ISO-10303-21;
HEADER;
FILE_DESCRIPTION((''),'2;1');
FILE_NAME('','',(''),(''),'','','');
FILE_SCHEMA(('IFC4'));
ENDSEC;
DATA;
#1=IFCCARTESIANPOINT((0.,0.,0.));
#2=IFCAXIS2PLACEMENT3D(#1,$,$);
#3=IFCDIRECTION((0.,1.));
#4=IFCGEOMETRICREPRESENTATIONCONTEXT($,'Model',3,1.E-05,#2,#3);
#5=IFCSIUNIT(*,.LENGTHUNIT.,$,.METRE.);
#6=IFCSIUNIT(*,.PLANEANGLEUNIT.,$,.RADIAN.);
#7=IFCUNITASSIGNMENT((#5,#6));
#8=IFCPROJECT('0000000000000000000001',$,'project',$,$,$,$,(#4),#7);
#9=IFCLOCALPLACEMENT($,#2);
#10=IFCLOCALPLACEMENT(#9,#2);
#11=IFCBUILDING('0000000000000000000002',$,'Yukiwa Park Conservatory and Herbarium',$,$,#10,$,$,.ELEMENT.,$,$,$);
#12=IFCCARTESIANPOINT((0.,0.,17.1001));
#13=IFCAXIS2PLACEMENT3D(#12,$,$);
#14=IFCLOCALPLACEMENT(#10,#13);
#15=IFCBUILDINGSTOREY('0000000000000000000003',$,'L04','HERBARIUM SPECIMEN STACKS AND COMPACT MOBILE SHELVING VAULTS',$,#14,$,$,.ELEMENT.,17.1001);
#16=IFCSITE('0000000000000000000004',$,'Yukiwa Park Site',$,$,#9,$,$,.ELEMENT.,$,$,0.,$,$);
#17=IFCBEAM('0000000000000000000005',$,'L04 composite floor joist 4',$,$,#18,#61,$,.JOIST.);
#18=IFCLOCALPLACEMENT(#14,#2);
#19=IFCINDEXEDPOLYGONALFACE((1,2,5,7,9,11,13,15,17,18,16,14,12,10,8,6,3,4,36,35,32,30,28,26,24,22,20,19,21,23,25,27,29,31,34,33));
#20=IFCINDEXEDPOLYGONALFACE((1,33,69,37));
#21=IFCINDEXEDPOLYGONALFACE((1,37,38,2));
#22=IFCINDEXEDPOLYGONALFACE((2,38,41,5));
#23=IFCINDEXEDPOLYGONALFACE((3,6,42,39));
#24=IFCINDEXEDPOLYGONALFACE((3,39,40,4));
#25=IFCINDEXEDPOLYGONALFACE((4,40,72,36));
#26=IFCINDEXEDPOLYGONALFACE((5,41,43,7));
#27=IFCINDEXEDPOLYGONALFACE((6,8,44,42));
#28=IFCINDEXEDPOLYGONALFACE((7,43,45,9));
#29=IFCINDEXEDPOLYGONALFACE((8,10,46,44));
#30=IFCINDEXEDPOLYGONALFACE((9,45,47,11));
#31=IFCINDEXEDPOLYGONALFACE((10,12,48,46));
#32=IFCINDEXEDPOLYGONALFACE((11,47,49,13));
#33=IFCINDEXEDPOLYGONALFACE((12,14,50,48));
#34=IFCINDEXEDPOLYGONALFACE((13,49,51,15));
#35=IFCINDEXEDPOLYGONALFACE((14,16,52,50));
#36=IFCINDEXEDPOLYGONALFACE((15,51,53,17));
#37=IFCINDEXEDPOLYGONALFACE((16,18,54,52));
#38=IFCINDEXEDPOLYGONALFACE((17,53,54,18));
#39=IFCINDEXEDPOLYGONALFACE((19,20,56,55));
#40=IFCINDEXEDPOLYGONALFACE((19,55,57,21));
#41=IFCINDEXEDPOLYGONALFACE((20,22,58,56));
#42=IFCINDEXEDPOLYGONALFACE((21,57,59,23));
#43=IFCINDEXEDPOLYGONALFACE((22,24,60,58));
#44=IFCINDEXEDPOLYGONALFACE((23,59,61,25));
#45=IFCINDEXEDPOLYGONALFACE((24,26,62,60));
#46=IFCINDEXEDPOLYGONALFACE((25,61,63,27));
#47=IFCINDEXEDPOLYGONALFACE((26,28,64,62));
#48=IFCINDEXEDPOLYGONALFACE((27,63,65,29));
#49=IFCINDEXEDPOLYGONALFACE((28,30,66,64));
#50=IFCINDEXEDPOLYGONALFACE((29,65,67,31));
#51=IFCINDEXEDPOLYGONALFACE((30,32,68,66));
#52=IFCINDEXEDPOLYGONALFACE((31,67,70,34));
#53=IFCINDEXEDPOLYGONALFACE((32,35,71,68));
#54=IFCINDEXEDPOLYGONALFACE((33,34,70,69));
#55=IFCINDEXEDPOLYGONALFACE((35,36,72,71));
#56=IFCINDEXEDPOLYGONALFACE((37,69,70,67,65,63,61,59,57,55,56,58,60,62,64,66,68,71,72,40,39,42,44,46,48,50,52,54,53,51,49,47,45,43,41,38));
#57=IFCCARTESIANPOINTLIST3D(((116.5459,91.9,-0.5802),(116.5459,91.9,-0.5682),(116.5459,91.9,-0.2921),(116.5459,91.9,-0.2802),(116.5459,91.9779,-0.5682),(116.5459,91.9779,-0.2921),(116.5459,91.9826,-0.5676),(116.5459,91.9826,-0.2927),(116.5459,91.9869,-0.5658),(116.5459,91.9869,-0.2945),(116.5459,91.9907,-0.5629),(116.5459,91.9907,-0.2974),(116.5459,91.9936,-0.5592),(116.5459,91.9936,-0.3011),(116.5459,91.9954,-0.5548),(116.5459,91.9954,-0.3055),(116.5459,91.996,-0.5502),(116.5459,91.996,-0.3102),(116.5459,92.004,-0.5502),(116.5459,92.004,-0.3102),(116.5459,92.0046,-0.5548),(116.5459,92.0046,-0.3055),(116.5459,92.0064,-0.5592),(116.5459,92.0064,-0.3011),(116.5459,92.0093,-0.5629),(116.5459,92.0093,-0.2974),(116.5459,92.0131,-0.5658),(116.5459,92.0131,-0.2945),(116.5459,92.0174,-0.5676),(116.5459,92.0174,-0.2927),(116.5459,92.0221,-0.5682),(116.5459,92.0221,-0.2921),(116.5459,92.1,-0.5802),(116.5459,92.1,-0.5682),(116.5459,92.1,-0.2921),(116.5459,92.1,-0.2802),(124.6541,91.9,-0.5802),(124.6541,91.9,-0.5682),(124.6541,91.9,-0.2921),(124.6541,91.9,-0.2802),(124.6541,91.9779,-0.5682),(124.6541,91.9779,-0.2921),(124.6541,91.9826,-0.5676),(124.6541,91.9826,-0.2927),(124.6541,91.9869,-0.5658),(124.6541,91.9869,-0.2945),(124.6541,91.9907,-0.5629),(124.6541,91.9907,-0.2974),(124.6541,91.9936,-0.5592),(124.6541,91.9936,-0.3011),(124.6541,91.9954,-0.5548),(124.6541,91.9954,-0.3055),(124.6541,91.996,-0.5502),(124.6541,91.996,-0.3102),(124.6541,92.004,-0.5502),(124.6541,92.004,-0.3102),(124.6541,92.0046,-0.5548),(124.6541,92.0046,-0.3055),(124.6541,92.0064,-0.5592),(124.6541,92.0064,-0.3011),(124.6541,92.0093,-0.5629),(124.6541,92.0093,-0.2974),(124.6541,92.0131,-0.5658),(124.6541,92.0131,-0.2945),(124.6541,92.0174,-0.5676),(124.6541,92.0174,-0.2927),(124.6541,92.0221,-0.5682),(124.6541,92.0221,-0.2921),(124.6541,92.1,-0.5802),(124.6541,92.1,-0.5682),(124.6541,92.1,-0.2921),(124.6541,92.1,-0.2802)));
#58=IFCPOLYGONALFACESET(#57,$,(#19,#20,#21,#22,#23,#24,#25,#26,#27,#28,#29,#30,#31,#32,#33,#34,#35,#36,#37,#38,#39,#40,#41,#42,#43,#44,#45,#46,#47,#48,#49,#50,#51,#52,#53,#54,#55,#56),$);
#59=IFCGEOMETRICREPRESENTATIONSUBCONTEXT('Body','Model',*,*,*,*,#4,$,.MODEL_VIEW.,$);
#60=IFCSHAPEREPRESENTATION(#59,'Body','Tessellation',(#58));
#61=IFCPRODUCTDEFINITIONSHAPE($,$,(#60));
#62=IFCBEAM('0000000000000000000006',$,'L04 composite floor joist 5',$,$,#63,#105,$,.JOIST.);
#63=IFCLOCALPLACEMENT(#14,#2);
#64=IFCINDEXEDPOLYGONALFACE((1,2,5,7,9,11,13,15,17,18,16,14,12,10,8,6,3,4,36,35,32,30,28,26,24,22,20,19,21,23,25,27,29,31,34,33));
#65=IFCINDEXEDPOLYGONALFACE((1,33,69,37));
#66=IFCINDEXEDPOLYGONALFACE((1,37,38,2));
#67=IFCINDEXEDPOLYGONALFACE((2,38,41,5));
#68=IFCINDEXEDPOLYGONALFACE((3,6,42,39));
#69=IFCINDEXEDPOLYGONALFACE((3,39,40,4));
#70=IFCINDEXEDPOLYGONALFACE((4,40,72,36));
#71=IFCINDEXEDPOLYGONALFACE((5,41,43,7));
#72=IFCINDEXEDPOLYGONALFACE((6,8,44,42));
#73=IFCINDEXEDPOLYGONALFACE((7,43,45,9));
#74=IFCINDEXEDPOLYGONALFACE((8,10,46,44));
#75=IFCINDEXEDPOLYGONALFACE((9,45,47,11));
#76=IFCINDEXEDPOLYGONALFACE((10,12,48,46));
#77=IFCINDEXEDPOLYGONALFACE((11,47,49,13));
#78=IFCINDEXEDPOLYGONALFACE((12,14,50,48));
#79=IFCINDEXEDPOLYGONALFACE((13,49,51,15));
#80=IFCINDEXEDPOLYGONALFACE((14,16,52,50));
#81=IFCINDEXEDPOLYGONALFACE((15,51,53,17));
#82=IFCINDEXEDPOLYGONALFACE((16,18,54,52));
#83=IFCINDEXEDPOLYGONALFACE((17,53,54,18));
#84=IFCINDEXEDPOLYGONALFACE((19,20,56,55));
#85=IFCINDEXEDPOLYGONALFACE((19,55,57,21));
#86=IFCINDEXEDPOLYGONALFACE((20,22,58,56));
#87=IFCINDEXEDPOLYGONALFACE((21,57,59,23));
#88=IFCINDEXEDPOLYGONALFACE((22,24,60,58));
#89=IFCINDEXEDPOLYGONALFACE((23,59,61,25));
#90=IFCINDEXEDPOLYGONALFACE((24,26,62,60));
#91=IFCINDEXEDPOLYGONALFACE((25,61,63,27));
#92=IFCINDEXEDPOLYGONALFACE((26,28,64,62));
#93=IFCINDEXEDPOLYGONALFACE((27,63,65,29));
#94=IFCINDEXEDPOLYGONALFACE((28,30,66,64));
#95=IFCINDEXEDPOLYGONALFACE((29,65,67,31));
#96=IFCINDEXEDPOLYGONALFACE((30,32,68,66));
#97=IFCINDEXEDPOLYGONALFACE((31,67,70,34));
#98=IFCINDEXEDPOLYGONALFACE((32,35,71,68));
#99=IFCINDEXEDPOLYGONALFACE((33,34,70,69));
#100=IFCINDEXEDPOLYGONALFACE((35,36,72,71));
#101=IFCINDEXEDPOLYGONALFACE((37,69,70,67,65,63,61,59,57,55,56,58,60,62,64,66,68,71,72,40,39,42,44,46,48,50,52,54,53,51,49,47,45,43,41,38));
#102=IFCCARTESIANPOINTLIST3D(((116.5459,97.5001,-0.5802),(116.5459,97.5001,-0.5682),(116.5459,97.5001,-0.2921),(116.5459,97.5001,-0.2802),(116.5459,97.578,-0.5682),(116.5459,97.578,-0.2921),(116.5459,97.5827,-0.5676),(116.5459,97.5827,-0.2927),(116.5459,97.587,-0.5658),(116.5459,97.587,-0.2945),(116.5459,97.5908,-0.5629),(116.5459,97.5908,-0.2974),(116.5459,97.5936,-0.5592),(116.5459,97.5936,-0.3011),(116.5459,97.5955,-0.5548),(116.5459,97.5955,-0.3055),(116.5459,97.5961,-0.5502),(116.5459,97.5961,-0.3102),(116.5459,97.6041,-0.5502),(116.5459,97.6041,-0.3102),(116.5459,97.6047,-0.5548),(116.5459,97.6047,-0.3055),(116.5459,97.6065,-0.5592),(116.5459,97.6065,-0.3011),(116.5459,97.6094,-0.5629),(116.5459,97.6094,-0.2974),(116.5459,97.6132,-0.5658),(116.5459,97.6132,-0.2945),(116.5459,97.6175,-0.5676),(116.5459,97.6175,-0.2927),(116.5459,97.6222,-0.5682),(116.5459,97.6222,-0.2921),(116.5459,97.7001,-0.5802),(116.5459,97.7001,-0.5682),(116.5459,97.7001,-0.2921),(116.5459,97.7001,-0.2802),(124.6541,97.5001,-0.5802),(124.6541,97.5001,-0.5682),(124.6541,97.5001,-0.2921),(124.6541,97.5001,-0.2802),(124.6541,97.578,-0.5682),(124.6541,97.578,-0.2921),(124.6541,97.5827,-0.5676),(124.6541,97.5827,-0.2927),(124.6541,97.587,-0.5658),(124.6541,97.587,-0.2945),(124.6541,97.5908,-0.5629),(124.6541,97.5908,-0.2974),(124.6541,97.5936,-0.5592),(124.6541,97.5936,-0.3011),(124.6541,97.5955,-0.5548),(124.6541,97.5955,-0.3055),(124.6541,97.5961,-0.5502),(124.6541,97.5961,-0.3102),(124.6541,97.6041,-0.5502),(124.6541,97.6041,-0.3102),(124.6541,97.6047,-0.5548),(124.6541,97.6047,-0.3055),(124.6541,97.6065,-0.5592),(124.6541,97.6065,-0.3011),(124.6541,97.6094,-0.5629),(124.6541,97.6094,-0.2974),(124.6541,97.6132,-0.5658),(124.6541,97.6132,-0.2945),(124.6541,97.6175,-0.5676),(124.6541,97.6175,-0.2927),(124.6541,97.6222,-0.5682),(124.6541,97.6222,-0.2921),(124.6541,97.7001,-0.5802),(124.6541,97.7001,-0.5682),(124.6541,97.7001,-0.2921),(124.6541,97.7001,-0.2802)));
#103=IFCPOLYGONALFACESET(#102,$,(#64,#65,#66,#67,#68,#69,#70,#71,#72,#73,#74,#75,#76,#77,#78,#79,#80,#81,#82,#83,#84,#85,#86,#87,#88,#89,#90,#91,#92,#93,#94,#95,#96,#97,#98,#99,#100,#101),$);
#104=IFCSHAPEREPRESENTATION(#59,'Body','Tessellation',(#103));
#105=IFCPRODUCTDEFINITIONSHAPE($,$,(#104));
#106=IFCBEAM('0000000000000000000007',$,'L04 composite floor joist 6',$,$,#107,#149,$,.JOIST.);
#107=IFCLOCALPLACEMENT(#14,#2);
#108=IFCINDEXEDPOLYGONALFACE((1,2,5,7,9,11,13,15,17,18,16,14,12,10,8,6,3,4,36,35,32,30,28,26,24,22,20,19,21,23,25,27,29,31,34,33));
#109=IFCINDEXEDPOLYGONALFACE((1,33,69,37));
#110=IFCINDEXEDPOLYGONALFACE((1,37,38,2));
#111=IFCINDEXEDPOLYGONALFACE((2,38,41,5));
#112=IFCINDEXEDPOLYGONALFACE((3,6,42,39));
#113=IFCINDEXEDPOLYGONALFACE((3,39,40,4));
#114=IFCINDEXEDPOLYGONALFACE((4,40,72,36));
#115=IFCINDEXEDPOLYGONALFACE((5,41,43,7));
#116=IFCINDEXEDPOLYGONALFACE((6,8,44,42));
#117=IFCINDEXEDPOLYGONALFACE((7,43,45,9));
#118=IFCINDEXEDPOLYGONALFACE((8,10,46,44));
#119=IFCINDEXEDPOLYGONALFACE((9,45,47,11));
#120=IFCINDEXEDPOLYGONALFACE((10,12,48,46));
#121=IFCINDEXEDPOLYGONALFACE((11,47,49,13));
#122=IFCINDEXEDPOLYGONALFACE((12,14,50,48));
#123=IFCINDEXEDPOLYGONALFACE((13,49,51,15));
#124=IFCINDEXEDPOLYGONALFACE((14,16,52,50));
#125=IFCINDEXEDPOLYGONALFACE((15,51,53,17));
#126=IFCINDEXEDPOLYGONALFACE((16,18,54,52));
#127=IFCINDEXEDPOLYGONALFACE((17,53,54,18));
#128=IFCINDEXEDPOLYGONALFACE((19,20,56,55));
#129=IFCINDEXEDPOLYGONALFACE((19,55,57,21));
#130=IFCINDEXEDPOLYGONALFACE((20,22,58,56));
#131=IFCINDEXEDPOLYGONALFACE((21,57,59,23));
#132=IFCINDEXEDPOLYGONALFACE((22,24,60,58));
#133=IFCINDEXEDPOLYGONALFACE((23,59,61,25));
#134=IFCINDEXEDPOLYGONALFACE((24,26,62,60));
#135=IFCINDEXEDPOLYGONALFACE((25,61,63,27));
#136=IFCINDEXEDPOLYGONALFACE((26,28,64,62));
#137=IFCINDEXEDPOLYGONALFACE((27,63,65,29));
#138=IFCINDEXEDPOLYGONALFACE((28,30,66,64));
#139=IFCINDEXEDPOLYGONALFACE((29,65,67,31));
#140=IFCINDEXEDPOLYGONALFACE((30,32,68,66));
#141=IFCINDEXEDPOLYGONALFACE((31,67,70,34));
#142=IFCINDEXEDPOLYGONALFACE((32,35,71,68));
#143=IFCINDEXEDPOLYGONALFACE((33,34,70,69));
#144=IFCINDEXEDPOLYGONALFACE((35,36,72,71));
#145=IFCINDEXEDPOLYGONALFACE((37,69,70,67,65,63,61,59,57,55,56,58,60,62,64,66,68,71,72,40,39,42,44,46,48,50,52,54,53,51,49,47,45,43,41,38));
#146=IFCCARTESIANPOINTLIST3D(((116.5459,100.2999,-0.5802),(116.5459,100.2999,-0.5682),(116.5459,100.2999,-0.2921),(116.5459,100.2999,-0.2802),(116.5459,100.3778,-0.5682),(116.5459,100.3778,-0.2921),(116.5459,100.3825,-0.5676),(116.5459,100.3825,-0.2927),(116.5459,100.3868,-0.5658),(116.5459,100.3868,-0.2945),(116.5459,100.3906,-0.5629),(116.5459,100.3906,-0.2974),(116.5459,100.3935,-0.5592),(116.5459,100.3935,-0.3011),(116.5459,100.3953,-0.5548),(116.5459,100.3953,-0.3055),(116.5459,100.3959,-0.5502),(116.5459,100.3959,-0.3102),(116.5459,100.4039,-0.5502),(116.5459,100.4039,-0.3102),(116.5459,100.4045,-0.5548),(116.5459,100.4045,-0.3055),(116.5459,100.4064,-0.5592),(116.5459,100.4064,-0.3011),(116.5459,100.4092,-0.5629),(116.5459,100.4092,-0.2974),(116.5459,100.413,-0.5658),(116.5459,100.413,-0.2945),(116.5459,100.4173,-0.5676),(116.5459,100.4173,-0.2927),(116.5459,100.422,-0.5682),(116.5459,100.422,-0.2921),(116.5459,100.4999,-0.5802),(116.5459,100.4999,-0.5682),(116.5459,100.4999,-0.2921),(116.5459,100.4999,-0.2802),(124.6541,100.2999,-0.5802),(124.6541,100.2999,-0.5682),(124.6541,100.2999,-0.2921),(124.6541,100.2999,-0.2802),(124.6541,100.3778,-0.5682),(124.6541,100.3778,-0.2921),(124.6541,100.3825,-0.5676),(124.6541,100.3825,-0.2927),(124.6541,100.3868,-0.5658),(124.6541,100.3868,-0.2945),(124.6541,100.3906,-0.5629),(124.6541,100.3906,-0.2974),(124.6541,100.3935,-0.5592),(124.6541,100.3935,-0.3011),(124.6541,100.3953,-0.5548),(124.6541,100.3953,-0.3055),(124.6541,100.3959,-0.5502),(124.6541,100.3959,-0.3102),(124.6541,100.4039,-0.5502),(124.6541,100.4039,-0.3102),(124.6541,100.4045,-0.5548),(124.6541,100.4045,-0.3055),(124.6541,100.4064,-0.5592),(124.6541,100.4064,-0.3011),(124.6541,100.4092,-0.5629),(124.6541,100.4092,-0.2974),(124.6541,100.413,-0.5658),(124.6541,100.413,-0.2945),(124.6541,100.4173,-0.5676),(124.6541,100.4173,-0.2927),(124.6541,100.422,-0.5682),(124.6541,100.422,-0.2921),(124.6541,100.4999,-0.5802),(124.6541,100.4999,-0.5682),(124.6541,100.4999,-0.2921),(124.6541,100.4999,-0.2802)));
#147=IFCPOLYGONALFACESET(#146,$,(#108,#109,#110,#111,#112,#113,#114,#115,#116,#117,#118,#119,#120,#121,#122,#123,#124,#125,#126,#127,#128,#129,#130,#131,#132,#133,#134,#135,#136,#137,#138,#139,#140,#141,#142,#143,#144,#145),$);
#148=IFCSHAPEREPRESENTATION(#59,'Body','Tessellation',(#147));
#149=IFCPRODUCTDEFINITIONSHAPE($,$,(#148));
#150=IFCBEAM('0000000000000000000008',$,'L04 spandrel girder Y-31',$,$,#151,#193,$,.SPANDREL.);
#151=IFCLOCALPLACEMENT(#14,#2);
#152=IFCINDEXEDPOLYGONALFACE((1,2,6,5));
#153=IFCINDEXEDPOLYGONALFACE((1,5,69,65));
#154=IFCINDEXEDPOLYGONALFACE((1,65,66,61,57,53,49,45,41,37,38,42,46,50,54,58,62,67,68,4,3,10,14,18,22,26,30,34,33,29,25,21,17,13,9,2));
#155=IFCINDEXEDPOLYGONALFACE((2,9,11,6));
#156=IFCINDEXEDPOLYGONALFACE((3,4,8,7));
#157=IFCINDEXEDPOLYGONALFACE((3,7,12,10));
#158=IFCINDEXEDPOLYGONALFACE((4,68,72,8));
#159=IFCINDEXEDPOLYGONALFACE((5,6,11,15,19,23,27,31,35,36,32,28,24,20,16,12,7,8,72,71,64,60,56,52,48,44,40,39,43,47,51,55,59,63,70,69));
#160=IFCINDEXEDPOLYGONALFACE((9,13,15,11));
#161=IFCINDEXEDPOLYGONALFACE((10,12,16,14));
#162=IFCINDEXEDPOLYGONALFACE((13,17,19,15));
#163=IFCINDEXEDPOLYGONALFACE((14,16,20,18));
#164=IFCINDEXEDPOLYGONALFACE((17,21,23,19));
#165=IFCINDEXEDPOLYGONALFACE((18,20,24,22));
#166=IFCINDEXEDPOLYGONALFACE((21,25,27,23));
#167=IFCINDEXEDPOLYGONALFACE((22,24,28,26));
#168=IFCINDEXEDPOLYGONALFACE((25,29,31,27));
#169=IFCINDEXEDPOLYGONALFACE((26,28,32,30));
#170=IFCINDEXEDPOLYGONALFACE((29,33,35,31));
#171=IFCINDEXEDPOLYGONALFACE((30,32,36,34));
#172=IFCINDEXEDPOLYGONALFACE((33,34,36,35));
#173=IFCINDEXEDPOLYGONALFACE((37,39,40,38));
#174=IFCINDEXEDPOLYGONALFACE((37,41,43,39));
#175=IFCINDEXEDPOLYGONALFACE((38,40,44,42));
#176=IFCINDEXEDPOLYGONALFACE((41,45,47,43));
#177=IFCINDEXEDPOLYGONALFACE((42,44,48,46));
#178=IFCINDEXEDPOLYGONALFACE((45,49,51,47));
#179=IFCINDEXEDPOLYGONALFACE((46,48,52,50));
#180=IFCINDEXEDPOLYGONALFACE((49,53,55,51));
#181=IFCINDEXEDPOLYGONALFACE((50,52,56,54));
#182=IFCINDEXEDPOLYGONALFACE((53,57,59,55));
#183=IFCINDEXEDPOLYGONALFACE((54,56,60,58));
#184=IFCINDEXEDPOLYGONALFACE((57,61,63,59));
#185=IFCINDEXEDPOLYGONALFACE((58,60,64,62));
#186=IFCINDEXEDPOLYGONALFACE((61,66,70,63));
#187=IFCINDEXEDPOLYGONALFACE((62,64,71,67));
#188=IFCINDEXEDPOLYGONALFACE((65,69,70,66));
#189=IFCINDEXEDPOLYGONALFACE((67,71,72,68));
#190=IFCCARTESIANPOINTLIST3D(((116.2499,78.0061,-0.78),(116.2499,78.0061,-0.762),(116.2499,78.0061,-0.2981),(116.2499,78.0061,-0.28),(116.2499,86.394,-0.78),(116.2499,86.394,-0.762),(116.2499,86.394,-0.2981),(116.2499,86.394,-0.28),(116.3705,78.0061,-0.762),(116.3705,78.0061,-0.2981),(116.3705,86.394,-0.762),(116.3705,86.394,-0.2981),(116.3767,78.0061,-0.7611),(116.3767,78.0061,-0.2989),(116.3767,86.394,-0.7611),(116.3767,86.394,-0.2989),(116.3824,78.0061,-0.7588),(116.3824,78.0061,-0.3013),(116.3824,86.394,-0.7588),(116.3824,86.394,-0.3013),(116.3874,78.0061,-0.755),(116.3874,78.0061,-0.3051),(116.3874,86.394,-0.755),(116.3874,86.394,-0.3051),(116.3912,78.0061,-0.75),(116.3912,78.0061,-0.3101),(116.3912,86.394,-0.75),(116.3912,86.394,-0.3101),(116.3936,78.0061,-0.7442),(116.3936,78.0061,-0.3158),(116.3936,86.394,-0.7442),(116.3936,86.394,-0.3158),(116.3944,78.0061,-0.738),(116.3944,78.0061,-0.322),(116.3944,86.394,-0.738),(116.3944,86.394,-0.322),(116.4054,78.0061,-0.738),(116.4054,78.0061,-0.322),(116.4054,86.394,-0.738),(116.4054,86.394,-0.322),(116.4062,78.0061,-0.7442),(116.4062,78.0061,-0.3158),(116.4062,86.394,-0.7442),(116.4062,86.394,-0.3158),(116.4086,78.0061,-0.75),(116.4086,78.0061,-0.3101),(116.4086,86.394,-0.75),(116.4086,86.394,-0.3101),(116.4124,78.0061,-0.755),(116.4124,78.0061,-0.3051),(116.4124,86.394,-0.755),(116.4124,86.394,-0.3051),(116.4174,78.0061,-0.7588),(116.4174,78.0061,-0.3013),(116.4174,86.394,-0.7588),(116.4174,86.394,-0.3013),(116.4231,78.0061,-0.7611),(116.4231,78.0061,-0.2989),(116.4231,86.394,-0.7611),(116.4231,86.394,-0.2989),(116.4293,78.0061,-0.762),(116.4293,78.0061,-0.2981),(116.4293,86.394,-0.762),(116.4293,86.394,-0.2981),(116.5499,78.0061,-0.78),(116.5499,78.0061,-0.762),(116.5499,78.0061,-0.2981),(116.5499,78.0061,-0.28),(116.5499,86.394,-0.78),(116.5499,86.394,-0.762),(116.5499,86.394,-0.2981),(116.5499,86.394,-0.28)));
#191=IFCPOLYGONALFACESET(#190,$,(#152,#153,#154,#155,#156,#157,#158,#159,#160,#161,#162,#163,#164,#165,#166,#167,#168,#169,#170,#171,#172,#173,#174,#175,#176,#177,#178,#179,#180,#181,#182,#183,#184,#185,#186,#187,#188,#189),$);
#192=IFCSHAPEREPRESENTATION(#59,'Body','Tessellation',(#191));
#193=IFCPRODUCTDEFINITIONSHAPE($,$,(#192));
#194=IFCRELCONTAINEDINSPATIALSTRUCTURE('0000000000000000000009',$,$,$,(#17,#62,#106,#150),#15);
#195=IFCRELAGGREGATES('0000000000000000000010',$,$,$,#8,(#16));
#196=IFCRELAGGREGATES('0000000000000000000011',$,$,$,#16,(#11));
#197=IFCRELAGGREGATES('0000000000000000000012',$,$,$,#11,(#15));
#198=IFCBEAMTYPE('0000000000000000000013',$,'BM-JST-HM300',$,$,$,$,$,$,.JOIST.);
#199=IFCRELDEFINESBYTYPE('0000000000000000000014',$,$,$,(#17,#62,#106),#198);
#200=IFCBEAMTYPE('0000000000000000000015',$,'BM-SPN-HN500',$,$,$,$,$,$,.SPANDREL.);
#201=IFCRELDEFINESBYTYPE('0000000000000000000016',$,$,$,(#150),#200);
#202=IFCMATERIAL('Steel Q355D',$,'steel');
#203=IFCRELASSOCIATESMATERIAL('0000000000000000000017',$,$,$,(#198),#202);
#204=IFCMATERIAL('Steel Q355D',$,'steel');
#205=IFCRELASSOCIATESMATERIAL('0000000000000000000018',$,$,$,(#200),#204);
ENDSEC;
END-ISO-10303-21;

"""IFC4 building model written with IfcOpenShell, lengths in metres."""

from ifc_helpers import new_model, si_unit, direction, frame, origin, origin_2d, place, context, subcontext, project, spatial, i_section, extrude, material, material_profile, profile_set, type_object, element, save


model = new_model("IFC4")

# Units and contexts
model_context = context("Model", 3, precision=1e-05, world=origin(), true_north=direction((0.0, 1.0)))
body_context = subcontext(model_context, "Body", "Model", "MODEL_VIEW")
ifc_project = project(units=[si_unit("LENGTHUNIT", "METRE"), si_unit("PLANEANGLEUNIT", "RADIAN")], contexts=[model_context])

# Site, building, storey
site_placement = place(None, origin())
site = spatial("IfcSite", under=ifc_project, at=site_placement, Name="Yukiwa Park Site", CompositionType="ELEMENT", RefElevation=0.0)
building_placement = place(site_placement, origin())
building = spatial("IfcBuilding", under=site, at=building_placement, Name="Yukiwa Park Conservatory and Herbarium", CompositionType="ELEMENT")
storey_placement = place(building_placement, frame((0.0, 0.0, 17.1001)))
storey = spatial("IfcBuildingStorey", under=building, at=storey_placement, Name="L04", Description="HERBARIUM SPECIMEN STACKS AND COMPACT MOBILE SHELVING VAULTS", CompositionType="ELEMENT", Elevation=17.1001)

# Beams
ifc_material_1 = material(Name="Steel Q355D", Category="steel")
ifc_material_profile_1 = material_profile(ifc_material_1, i_section(OverallWidth=0.2, OverallDepth=0.3, WebThickness=0.0081, FlangeThickness=0.012, FilletRadius=0.0181, at=origin_2d()), Name="HM 300x200x8x12")
ifc_profile_set_1 = profile_set([ifc_material_profile_1], Name="Steel Q355D")
beam_type_1 = type_object("IfcBeamType", Name="BM-JST-HM300", PredefinedType="JOIST", material=ifc_profile_set_1)
for number, where, z_axis, x_axis, name in (
    (1, (116.5459, 92.0, -0.4302), (1.0, 0.0, 0.0), (0.0, 1.0, 0.0), "L04 composite floor joist 4"),
    (2, (116.5459, 97.6001, -0.4302), (1.0, 0.0, 0.0), (0.0, 1.0, 0.0), "L04 composite floor joist 5"),
    (3, (116.5459, 100.3999, -0.4302), (1.0, 0.0, 0.0), (0.0, 1.0, 0.0), "L04 composite floor joist 6"),
):
    element("IfcBeam", number, at=place(storey_placement, frame(where, z_axis=z_axis, x_axis=x_axis)), inside=storey, type_object=beam_type_1, Name=name, PredefinedType="JOIST", context=body_context, shape_type="SweptSolid", body=[
        extrude(i_section(OverallWidth=0.2, OverallDepth=0.3, WebThickness=0.0081, FlangeThickness=0.012, FilletRadius=0.0181, at=origin_2d()), origin(), (0.0, 0.0, 1.0), 8.1082),
    ])
ifc_material_2 = material(Name="Steel Q355D", Category="steel")
ifc_material_profile_2 = material_profile(ifc_material_2, i_section(OverallWidth=0.3, OverallDepth=0.5, WebThickness=0.011, FlangeThickness=0.0181, FilletRadius=0.0239, at=origin_2d()), Name="HM 500x300x11x18")
ifc_profile_set_2 = profile_set([ifc_material_profile_2], Name="Steel Q355D")
beam_type_2 = type_object("IfcBeamType", Name="BM-SPN-HN500", PredefinedType="SPANDREL", material=ifc_profile_set_2)
for number, where, z_axis, x_axis, name in (
    (4, (116.3999, 78.0061, -0.53), (0.0, 1.0, 0.0), (-1.0, 0.0, 0.0), "L04 spandrel girder Y-31"),
):
    element("IfcBeam", number, at=place(storey_placement, frame(where, z_axis=z_axis, x_axis=x_axis)), inside=storey, type_object=beam_type_2, Name=name, PredefinedType="SPANDREL", context=body_context, shape_type="SweptSolid", body=[
        extrude(i_section(OverallWidth=0.3, OverallDepth=0.5, WebThickness=0.011, FlangeThickness=0.0181, FilletRadius=0.0239, at=origin_2d()), origin(), (0.0, 0.0, 1.0), 8.3879),
    ])

save(model, "model.ifc")
